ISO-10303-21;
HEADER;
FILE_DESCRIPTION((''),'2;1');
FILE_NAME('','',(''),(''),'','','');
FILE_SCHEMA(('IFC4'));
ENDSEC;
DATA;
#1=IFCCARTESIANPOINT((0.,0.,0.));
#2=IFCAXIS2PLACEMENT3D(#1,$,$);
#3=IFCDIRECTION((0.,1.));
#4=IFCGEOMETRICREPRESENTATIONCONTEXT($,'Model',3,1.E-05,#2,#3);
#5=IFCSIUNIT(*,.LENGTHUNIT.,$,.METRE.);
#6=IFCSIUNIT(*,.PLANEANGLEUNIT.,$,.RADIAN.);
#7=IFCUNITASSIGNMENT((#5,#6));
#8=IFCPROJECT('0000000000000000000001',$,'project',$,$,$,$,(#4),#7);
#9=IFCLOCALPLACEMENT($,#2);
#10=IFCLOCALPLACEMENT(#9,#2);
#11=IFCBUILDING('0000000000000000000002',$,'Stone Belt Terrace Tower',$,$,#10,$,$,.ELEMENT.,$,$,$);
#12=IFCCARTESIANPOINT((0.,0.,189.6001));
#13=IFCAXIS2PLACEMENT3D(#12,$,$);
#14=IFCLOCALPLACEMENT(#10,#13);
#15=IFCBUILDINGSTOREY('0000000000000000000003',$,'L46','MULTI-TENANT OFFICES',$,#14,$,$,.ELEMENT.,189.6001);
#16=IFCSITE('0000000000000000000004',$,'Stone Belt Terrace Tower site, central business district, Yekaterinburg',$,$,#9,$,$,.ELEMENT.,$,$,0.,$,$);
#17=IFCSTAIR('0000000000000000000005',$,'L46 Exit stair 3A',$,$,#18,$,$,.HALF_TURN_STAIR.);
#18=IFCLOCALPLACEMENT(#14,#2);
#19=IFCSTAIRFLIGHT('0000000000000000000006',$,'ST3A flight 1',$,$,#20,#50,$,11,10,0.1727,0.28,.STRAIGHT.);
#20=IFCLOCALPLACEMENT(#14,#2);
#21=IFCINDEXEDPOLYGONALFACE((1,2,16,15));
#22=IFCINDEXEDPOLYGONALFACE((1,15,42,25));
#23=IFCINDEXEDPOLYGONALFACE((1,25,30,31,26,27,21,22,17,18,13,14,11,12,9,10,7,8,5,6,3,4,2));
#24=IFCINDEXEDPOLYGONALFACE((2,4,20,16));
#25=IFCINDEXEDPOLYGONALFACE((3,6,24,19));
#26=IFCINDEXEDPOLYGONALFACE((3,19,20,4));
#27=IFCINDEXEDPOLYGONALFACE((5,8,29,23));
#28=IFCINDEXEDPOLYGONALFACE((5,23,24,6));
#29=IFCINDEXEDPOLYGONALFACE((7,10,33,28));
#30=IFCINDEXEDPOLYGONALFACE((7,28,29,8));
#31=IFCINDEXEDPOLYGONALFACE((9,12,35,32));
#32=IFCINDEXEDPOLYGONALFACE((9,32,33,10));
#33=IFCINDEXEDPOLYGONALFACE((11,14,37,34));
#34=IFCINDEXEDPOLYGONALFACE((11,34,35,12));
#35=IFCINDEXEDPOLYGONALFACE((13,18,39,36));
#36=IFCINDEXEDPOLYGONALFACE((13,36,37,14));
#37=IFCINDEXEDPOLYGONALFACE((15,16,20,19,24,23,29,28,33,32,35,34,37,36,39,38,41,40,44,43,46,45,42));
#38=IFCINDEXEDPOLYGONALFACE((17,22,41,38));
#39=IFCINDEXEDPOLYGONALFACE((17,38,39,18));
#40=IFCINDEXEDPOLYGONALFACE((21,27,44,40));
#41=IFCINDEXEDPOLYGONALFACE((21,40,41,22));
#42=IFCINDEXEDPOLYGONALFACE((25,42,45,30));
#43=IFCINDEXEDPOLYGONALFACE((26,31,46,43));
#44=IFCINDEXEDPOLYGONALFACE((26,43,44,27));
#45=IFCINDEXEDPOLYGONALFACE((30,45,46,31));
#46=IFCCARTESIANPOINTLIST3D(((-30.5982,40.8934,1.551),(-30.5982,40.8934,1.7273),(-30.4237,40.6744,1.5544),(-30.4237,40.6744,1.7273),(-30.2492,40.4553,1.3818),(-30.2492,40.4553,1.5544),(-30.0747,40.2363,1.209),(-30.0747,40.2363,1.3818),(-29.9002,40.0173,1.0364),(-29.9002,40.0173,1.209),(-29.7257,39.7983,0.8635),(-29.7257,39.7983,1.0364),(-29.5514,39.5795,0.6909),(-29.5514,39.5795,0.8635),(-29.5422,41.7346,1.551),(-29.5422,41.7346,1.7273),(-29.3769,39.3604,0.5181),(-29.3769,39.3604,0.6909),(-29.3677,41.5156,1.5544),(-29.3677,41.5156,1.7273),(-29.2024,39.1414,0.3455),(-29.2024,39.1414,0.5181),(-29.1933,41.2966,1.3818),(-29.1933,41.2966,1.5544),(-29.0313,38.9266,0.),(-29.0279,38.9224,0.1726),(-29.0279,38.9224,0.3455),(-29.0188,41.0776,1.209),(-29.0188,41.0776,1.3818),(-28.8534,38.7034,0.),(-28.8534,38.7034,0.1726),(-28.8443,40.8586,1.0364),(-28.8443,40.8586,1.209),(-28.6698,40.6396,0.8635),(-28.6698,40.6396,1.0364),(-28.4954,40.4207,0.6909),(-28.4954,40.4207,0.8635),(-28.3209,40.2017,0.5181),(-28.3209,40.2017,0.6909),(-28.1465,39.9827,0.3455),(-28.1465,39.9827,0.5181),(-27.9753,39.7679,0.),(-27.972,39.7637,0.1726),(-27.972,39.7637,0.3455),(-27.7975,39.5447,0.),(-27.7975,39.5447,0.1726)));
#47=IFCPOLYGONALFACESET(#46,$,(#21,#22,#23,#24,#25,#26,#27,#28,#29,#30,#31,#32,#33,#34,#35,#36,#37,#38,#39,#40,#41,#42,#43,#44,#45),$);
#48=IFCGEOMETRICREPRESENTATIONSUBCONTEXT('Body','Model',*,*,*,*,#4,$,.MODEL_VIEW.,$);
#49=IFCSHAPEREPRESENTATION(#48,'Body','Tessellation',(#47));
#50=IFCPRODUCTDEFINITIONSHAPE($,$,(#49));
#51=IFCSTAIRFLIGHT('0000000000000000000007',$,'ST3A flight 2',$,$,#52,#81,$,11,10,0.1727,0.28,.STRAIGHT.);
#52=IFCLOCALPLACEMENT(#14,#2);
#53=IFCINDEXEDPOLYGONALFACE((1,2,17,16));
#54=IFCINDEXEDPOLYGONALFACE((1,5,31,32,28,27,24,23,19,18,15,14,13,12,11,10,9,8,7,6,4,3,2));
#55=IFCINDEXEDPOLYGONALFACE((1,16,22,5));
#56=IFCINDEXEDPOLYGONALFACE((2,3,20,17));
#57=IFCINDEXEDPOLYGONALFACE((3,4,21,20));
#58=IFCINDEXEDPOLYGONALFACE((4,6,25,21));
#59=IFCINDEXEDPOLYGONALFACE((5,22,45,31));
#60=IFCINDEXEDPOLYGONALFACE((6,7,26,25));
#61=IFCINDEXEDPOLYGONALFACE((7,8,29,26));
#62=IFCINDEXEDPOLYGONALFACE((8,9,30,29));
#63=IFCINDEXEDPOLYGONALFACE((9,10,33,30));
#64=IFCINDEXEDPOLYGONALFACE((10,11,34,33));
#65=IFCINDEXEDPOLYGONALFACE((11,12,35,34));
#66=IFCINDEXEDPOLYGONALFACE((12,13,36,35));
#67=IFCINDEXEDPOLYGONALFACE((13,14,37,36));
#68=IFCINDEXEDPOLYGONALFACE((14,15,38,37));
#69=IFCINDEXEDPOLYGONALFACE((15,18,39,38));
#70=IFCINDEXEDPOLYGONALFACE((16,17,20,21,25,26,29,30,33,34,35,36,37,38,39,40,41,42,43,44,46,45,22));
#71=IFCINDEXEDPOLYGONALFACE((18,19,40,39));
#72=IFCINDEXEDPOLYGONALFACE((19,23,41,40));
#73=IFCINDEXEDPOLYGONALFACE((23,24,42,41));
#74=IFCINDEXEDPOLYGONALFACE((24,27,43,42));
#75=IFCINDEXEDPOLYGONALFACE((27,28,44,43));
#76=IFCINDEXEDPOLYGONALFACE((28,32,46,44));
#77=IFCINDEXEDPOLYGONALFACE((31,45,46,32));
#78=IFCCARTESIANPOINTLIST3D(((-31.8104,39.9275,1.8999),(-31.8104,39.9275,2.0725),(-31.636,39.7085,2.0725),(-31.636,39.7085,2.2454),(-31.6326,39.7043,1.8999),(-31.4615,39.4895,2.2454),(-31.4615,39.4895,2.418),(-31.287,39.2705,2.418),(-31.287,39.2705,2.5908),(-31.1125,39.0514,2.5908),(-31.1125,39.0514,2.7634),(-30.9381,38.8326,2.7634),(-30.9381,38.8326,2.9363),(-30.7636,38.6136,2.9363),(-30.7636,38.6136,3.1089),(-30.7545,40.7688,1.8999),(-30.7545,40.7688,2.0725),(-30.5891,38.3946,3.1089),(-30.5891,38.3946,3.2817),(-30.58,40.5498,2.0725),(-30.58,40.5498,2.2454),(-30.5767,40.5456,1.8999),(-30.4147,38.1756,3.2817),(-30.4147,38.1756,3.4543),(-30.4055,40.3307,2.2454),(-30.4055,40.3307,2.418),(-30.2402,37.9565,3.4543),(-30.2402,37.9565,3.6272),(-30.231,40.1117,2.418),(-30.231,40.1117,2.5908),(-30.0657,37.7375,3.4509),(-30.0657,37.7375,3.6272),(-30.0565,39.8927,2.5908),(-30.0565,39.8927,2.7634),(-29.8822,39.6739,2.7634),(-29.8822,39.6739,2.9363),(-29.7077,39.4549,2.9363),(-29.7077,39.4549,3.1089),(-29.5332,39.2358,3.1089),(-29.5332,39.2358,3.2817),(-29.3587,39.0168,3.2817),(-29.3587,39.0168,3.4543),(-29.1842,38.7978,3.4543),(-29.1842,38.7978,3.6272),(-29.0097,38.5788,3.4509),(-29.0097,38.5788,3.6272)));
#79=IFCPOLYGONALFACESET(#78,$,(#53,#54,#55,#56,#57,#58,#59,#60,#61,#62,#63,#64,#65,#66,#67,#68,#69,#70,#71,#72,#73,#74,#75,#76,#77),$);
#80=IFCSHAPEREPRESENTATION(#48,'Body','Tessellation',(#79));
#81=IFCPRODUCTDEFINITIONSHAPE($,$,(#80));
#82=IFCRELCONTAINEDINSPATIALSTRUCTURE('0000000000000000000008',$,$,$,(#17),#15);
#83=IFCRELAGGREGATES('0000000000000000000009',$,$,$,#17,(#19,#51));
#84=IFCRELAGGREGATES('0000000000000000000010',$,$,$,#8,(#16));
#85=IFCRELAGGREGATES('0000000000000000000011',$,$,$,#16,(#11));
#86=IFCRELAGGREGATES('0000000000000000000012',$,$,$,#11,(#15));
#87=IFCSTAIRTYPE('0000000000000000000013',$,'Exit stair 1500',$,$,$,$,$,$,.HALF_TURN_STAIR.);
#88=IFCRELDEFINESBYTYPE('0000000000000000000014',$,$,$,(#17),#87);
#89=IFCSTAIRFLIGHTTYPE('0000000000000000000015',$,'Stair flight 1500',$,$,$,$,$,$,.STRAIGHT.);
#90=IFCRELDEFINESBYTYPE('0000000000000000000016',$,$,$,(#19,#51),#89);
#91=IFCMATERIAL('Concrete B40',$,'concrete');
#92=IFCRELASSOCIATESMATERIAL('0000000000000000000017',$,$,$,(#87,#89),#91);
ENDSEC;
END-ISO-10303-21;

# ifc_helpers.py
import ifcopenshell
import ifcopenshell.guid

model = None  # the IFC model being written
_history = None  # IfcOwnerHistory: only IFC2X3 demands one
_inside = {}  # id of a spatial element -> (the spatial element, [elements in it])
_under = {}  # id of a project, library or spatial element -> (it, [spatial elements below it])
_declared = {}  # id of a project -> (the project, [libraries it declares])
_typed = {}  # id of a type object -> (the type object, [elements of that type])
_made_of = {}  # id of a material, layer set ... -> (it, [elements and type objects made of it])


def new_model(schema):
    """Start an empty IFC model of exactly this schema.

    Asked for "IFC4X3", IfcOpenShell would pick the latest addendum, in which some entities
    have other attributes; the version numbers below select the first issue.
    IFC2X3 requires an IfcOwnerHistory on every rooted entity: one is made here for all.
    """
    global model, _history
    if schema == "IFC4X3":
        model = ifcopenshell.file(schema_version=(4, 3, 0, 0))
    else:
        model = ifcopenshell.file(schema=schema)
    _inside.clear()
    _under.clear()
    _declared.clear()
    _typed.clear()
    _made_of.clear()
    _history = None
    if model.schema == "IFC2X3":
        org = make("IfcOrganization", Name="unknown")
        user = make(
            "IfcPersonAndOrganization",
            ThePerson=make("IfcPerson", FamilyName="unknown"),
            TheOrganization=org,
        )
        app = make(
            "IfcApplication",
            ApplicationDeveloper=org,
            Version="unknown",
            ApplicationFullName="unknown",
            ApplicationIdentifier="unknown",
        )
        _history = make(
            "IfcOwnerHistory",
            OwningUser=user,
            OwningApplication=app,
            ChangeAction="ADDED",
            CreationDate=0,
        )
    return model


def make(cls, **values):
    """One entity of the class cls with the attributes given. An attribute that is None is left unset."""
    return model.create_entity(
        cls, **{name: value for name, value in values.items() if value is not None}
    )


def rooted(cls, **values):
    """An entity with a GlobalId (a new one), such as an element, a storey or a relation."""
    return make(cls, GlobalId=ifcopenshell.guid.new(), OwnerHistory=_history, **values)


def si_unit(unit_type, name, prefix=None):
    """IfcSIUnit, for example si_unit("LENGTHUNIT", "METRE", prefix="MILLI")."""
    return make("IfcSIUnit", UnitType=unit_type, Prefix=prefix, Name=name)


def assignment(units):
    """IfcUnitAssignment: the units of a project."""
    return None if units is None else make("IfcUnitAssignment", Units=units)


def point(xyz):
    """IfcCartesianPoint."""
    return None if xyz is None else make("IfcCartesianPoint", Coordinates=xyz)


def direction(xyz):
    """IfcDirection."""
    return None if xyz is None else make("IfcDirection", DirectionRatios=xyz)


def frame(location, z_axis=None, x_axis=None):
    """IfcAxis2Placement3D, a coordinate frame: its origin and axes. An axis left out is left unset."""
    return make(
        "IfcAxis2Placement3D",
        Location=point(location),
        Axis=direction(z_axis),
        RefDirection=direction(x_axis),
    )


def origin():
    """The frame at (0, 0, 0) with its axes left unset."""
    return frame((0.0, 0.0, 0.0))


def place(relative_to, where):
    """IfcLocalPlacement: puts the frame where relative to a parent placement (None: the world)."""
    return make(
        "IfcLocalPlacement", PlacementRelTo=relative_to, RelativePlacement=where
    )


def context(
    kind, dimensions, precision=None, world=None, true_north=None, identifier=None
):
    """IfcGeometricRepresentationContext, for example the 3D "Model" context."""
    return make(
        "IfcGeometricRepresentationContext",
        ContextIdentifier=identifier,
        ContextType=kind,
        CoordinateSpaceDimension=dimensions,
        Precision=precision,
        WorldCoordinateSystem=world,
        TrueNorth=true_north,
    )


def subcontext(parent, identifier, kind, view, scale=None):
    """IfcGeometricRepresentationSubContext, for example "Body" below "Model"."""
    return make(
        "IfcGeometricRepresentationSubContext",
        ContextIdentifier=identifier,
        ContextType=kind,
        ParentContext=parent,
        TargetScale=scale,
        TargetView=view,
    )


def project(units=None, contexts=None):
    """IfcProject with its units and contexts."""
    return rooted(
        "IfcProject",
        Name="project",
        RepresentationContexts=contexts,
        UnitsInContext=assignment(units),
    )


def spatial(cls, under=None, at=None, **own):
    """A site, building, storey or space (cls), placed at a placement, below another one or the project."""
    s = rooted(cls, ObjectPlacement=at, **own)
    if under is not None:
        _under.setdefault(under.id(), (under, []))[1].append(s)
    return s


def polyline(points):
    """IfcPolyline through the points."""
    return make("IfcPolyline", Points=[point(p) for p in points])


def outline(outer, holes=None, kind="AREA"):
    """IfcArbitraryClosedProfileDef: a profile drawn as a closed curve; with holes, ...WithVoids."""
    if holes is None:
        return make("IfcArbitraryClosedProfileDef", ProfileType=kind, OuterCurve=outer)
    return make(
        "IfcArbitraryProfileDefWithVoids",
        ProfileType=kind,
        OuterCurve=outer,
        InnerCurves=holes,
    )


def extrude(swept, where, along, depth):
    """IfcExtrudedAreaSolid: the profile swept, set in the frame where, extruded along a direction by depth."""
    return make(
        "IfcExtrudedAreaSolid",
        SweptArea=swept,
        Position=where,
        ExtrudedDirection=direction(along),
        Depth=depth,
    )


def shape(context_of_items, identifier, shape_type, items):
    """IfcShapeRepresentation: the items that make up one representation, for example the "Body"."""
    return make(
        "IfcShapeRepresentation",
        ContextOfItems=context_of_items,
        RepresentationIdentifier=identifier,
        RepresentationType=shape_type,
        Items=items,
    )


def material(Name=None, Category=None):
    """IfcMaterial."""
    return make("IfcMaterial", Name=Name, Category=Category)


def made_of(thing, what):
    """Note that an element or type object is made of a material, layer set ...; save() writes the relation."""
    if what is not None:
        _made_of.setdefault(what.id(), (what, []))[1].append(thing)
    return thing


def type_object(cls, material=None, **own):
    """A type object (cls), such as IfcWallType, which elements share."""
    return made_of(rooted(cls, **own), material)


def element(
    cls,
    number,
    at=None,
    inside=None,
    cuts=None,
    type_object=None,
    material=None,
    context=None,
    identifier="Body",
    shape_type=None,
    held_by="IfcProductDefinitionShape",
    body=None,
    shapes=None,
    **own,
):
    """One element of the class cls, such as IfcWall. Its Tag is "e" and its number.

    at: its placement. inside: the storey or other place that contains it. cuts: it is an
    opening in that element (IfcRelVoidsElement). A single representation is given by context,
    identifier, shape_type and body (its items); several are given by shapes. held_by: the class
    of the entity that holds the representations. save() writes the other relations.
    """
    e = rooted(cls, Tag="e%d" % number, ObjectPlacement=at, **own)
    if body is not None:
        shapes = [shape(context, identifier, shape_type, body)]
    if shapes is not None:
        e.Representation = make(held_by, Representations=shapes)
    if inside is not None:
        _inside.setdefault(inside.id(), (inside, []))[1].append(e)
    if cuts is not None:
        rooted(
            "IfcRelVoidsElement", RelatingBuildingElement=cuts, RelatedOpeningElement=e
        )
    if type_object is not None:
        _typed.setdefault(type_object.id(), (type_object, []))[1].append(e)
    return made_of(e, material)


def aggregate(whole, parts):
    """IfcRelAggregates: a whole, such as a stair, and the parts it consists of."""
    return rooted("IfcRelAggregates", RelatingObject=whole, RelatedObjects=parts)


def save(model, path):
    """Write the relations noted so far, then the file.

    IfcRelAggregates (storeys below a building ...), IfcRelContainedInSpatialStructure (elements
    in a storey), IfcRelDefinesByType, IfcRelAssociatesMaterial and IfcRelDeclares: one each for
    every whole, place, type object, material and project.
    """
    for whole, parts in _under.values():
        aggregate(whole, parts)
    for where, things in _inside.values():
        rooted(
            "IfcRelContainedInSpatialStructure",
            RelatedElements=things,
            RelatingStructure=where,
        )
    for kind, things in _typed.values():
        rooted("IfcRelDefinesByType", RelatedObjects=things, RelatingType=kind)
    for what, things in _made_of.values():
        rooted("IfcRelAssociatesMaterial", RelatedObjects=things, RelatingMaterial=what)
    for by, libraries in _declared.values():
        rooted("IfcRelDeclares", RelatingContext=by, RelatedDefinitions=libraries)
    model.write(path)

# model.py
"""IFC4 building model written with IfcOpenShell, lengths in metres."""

from ifc_helpers import new_model, si_unit, direction, frame, origin, place, context, subcontext, project, spatial, polyline, outline, extrude, material, type_object, element, aggregate, save


model = new_model("IFC4")

# Units and contexts
model_context = context("Model", 3, precision=1e-05, world=origin(), true_north=direction((0.0, 1.0)))
body_context = subcontext(model_context, "Body", "Model", "MODEL_VIEW")
ifc_project = project(units=[si_unit("LENGTHUNIT", "METRE"), si_unit("PLANEANGLEUNIT", "RADIAN")], contexts=[model_context])

# Site, building, storey
site_placement = place(None, origin())
site = spatial("IfcSite", under=ifc_project, at=site_placement, Name="Stone Belt Terrace Tower site, central business district, Yekaterinburg", CompositionType="ELEMENT", RefElevation=0.0)
building_placement = place(site_placement, origin())
building = spatial("IfcBuilding", under=site, at=building_placement, Name="Stone Belt Terrace Tower", CompositionType="ELEMENT")
storey_placement = place(building_placement, frame((0.0, 0.0, 189.6001)))
storey = spatial("IfcBuildingStorey", under=building, at=storey_placement, Name="L46", Description="MULTI-TENANT OFFICES", CompositionType="ELEMENT", Elevation=189.6001)

# Stair, stair flights
ifc_material_1 = material(Name="Concrete B40", Category="concrete")
stair_type = type_object("IfcStairType", Name="Exit stair 1500", PredefinedType="HALF_TURN_STAIR", material=ifc_material_1)
stair_placement = place(storey_placement, origin())
stair = element("IfcStair", 1, at=stair_placement, inside=storey, type_object=stair_type, Name="L46 Exit stair 3A", PredefinedType="HALF_TURN_STAIR")
stair_flight_type = type_object("IfcStairFlightType", Name="Stair flight 1500", PredefinedType="STRAIGHT", material=ifc_material_1)
stair_flight_1_placement = place(storey_placement, frame((-28.3254, 39.124, 0.0), z_axis=(0.0, 0.0, 1.0), x_axis=(-0.623121, 0.782125, 0.0)))
stair_flight_1 = element("IfcStairFlight", 2, at=stair_flight_1_placement, type_object=stair_flight_type, Name="ST3A flight 1", NumberOfRisers=11, NumberOfTreads=10, PredefinedType="STRAIGHT", RiserHeight=0.1727, TreadLength=0.28, context=body_context, shape_type="SweptSolid", body=[
    extrude(outline(polyline([(0.0, 0.0), (0.0, 0.1726), (0.28, 0.1726), (0.28, 0.3455), (0.5601, 0.3455), (0.5601, 0.5181), (0.8401, 0.5181), (0.8401, 0.6909), (1.1201, 0.6909), (1.1201, 0.8635), (1.3999, 0.8635), (1.3999, 1.0364), (1.6799, 1.0364), (1.6799, 1.209), (1.96, 1.209), (1.96, 1.3818), (2.24, 1.3818), (2.24, 1.5544), (2.52, 1.5544), (2.52, 1.7273), (2.8, 1.7273), (2.8, 1.8999), (2.8, 1.551), (0.2854, 0.0), (0.0, 0.0)])), frame((0.0, 0.675, 0.0), z_axis=(0.0, -1.0, 0.0), x_axis=(1.0, 0.0, 0.0)), (0.0, 0.0, 1.0), 1.3501),
])
stair_flight_2_placement = place(storey_placement, frame((-31.2825, 40.3481, 1.8999), z_axis=(0.0, 0.0, 1.0), x_axis=(0.623121, -0.782125, 0.0)))
stair_flight_2 = element("IfcStairFlight", 3, at=stair_flight_2_placement, type_object=stair_flight_type, Name="ST3A flight 2", NumberOfRisers=11, NumberOfTreads=10, PredefinedType="STRAIGHT", RiserHeight=0.1727, TreadLength=0.28, context=body_context, shape_type="SweptSolid", body=[
    extrude(outline(polyline([(0.0, 0.0), (0.0, 0.1726), (0.28, 0.1726), (0.28, 0.3455), (0.5601, 0.3455), (0.5601, 0.5181), (0.8401, 0.5181), (0.8401, 0.6909), (1.1201, 0.6909), (1.1201, 0.8635), (1.3999, 0.8635), (1.3999, 1.0364), (1.6799, 1.0364), (1.6799, 1.209), (1.96, 1.209), (1.96, 1.3818), (2.24, 1.3818), (2.24, 1.5544), (2.52, 1.5544), (2.52, 1.7273), (2.8, 1.7273), (2.8, 1.8999), (2.8, 1.551), (0.2854, 0.0), (0.0, 0.0)])), frame((0.0, 0.675, 0.0), z_axis=(0.0, -1.0, 0.0), x_axis=(1.0, 0.0, 0.0)), (0.0, 0.0, 1.0), 1.3501),
])
aggregate(stair, [stair_flight_1, stair_flight_2])

save(model, "model.ifc")
